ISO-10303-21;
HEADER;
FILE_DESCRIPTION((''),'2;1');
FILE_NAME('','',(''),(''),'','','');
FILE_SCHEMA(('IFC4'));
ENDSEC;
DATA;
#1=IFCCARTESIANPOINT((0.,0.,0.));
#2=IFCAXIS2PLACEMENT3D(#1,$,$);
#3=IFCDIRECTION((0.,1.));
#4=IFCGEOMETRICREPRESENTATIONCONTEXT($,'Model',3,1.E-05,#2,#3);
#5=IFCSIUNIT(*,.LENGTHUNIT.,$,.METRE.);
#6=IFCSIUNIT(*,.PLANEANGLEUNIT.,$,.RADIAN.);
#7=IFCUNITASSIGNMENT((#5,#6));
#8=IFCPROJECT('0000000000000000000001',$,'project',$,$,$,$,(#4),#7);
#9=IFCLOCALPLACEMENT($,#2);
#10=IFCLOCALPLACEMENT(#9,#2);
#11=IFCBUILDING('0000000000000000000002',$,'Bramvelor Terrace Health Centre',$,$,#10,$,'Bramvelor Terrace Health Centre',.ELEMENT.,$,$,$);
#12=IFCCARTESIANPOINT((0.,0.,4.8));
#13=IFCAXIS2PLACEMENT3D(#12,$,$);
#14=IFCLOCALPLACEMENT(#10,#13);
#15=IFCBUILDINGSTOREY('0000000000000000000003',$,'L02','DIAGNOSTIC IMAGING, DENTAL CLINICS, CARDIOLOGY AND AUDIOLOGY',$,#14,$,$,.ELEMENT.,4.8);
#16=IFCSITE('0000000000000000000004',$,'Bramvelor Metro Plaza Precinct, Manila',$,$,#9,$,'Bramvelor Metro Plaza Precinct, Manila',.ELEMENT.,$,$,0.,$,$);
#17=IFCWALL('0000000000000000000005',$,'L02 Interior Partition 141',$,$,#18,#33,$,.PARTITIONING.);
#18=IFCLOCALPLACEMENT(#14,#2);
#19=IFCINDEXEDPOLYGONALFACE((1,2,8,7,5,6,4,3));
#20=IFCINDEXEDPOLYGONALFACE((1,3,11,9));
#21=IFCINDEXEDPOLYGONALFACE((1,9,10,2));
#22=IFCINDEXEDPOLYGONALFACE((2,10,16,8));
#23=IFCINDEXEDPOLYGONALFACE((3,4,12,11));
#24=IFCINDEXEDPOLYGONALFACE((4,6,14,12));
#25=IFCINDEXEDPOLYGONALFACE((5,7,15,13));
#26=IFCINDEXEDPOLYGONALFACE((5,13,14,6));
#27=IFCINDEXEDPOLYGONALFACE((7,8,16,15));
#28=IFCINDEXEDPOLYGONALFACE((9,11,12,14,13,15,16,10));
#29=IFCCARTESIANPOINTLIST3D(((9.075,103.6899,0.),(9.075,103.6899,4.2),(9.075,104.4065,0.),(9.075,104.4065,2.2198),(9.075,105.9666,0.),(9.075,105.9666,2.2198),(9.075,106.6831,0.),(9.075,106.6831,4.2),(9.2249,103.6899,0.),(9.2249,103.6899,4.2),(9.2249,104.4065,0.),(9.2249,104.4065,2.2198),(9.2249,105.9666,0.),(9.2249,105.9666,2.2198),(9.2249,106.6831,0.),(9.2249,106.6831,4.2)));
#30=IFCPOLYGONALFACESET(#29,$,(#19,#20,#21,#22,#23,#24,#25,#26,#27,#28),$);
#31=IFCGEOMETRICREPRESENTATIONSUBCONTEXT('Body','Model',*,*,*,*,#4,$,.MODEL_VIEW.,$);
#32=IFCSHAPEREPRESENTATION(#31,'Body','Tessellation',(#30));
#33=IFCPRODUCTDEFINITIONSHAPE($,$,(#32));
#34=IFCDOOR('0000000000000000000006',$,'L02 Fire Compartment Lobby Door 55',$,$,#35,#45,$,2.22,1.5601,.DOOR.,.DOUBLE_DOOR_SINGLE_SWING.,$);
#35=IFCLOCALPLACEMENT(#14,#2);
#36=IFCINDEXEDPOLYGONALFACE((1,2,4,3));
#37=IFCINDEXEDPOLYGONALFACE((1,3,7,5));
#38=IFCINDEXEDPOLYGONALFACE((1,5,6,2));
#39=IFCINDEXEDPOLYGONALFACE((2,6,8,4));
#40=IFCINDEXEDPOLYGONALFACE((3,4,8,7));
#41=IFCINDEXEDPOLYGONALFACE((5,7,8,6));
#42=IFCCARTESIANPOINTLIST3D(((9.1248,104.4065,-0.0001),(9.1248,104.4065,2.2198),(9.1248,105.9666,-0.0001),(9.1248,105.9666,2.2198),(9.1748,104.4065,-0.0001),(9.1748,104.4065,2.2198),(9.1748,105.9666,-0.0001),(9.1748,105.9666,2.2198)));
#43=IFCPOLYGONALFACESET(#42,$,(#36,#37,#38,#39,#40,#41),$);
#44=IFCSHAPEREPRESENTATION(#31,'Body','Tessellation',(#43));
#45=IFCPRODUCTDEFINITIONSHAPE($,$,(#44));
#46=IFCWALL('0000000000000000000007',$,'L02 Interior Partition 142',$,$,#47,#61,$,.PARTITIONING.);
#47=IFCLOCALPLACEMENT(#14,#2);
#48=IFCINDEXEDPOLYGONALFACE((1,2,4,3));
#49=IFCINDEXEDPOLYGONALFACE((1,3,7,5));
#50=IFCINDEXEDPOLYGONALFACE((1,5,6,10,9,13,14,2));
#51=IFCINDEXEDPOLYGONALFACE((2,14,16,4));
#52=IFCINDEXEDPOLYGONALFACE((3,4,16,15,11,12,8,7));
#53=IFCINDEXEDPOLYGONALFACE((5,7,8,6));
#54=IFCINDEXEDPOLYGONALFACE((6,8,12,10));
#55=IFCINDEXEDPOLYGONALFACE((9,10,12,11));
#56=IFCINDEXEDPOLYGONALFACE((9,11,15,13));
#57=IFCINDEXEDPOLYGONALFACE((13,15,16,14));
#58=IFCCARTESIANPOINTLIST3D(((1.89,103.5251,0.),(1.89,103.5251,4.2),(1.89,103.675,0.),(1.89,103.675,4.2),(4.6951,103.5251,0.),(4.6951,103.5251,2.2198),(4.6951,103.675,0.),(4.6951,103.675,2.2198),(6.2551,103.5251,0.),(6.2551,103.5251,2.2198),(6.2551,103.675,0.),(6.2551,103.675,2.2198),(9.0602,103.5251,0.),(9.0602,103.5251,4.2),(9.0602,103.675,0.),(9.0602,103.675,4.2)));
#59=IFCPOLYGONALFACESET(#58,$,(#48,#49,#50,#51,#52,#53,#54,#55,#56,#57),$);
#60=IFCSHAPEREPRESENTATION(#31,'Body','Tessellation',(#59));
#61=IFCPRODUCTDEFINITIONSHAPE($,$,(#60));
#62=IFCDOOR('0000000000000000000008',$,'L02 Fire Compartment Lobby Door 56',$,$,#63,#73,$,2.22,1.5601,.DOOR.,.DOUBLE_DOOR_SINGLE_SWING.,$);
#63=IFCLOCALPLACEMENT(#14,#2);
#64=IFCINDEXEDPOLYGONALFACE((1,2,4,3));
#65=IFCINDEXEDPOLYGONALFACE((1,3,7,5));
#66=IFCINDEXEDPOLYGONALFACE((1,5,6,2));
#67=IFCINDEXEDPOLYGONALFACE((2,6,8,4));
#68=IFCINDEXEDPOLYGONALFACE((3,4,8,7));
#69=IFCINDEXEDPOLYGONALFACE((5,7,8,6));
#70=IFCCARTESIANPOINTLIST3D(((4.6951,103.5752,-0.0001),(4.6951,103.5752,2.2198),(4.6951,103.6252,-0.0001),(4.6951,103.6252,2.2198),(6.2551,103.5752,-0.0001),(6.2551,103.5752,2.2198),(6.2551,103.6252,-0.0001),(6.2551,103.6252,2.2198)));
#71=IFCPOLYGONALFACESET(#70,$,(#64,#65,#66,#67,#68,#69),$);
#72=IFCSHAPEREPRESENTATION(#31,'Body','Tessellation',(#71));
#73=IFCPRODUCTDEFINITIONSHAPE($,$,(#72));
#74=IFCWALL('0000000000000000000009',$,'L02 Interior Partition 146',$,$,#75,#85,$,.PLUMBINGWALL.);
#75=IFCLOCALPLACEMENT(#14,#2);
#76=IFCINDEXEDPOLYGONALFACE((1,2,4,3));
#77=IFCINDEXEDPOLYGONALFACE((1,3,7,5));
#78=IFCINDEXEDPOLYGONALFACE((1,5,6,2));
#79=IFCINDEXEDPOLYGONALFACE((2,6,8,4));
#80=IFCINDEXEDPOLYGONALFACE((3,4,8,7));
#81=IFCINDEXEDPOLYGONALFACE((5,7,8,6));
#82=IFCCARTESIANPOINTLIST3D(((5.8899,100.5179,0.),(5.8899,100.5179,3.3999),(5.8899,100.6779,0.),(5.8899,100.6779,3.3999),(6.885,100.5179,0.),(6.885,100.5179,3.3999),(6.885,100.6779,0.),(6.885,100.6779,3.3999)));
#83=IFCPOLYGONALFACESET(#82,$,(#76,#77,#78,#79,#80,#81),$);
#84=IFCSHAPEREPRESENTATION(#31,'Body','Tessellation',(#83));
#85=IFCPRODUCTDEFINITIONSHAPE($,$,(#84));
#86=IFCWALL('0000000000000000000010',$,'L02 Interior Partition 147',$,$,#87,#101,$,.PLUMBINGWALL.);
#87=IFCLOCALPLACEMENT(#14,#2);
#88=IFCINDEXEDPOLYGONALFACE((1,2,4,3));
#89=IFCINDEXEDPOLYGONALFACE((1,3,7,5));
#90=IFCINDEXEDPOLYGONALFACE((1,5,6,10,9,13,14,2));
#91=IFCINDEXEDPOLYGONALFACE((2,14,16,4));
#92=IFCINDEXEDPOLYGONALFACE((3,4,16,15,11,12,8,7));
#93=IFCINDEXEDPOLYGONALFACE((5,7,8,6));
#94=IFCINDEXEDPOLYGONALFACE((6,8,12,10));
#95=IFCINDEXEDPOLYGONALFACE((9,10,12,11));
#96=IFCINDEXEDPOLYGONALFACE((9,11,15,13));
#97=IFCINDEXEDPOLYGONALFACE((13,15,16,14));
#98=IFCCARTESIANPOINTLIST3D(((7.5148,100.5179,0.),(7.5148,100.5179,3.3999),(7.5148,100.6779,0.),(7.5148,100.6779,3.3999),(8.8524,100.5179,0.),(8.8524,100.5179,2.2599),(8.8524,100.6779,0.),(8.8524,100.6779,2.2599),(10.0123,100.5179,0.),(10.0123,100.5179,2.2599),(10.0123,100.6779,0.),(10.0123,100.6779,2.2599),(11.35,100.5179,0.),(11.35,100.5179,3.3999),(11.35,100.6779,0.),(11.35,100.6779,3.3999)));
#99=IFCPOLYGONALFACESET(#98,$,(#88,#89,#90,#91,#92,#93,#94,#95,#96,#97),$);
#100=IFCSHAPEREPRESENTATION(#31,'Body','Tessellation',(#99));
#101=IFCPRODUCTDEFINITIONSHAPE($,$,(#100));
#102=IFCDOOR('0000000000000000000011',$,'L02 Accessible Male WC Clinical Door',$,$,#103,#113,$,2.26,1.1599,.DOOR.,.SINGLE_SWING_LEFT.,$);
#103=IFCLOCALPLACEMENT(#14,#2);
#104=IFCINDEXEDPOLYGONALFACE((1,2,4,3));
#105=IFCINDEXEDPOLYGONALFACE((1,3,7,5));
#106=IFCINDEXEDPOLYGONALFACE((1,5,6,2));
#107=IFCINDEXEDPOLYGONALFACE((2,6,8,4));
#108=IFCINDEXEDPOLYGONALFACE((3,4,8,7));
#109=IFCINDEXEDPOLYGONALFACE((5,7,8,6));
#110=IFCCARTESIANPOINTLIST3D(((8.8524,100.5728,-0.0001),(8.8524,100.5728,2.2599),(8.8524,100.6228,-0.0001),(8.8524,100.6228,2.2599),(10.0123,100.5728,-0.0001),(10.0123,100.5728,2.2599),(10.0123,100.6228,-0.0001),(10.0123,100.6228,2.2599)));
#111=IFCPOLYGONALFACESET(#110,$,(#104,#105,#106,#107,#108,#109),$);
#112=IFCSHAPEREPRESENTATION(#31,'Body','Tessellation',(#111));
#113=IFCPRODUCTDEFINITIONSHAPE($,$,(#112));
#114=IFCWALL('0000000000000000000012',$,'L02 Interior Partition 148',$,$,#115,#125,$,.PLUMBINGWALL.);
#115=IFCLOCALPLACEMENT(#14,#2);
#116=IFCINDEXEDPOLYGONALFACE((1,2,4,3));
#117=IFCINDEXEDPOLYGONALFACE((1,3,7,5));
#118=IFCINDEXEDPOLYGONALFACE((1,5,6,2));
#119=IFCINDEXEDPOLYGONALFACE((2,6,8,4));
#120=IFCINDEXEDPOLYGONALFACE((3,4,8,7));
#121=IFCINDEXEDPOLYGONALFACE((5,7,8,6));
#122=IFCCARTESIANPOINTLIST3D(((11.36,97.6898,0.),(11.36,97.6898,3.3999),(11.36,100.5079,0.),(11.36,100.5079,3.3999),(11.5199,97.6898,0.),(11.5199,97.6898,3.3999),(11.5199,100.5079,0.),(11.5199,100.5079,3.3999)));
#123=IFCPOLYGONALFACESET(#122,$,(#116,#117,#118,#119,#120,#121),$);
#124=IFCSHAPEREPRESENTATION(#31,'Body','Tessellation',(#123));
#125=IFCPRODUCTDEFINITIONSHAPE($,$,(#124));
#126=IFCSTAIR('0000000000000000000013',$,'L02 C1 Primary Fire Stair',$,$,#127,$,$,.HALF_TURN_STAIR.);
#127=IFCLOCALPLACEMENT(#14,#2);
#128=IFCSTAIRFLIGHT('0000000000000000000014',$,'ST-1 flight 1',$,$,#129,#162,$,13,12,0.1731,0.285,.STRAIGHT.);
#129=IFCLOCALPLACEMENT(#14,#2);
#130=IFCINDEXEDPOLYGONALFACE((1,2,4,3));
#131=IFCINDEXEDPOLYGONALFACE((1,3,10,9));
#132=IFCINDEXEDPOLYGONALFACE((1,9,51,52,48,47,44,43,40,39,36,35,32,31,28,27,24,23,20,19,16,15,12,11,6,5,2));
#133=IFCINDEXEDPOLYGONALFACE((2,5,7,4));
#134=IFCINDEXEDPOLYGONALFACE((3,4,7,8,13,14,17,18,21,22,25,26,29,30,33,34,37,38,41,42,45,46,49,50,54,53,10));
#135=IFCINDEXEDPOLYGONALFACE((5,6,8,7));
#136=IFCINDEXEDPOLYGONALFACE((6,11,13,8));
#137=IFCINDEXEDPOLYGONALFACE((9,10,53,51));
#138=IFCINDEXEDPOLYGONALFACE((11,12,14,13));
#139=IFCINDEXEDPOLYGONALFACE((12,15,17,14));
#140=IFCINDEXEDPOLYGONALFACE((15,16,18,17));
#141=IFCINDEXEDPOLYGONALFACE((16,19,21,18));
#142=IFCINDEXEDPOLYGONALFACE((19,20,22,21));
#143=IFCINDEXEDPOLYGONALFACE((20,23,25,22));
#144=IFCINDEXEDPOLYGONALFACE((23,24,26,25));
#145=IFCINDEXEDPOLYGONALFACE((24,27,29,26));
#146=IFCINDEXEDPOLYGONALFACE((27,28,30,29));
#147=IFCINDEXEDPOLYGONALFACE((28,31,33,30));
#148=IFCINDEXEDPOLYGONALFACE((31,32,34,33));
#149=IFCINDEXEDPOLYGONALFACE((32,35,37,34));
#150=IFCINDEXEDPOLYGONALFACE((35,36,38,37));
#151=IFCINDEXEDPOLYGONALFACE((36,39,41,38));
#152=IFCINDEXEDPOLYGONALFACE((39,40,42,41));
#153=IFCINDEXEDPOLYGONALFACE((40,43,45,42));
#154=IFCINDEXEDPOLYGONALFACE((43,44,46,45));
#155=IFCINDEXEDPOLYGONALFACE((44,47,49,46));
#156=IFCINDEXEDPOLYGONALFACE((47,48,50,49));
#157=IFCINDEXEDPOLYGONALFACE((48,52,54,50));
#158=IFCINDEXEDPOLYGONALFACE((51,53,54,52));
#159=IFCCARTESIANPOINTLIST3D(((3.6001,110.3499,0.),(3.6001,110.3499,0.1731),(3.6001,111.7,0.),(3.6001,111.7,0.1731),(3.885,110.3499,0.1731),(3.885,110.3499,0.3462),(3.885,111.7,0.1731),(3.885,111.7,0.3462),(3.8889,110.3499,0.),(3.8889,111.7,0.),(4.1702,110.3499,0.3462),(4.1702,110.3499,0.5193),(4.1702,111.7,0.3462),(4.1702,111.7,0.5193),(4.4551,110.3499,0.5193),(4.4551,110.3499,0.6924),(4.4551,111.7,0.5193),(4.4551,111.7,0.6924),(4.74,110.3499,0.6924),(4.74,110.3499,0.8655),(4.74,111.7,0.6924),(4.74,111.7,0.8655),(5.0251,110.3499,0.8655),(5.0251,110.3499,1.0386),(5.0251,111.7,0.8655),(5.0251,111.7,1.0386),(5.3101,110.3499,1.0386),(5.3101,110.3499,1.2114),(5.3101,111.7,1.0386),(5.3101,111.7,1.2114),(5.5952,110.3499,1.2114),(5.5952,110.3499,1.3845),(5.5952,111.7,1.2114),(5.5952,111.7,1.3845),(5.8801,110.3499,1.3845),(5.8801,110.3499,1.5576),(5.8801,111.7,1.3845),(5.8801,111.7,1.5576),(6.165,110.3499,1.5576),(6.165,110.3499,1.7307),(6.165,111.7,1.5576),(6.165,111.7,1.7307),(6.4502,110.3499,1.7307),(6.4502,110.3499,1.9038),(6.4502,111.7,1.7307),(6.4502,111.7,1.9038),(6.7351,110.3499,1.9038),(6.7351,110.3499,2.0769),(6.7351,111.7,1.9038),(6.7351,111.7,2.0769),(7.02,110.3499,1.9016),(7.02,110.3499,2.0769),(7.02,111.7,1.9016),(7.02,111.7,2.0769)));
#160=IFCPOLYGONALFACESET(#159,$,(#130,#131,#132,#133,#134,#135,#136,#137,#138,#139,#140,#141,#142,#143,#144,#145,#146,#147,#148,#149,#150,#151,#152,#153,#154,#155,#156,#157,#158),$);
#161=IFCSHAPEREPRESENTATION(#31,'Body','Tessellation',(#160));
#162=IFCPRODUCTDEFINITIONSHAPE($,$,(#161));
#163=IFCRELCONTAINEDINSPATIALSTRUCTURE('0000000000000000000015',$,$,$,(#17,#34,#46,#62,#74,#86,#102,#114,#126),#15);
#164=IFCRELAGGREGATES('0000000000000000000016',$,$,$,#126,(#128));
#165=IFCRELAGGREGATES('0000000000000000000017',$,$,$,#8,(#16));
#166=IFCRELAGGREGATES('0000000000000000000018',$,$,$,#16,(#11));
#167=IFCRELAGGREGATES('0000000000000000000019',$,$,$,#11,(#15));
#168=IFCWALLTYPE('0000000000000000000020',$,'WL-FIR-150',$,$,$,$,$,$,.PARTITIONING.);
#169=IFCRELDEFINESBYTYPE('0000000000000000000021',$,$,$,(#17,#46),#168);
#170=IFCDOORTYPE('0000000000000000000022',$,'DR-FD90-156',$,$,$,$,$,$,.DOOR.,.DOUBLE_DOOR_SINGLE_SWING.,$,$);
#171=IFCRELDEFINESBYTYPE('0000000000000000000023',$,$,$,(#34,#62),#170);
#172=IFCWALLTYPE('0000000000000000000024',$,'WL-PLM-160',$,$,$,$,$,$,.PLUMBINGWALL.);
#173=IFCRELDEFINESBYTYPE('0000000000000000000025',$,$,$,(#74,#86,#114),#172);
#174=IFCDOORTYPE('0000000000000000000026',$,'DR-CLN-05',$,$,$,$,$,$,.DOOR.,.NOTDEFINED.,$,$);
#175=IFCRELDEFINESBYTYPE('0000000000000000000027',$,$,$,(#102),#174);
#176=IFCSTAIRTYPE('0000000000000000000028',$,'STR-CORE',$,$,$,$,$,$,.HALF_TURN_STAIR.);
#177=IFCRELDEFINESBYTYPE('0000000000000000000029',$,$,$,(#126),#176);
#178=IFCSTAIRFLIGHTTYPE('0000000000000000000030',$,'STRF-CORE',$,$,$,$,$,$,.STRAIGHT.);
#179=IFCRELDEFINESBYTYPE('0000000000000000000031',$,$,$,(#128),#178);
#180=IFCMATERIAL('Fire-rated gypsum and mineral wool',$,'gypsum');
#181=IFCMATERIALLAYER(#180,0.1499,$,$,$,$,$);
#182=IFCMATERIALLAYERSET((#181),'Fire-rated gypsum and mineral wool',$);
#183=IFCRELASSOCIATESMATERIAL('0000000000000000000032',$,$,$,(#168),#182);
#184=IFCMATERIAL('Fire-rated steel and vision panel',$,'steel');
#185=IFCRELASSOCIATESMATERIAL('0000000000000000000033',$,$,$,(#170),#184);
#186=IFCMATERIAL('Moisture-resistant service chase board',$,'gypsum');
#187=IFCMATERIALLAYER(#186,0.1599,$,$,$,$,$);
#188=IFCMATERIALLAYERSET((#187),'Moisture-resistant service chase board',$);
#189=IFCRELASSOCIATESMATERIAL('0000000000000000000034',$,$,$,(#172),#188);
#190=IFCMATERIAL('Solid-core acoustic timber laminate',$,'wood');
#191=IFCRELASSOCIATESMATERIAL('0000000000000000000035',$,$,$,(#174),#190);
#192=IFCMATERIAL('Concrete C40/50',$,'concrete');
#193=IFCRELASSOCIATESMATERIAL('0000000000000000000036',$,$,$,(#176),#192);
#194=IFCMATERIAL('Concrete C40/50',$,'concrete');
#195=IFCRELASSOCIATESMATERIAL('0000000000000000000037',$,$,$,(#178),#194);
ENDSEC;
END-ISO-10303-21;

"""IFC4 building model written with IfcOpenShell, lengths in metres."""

from ifc_helpers import new_model, si_unit, direction, frame, frame_2d, origin, place, context, subcontext, project, spatial, polyline, rectangle, outline, extrude, material, layer, layer_set, type_object, element, fill, aggregate, save


model = new_model("IFC4")

# Units and contexts
model_context = context("Model", 3, precision=1e-05, world=origin(), true_north=direction((0.0, 1.0)))
body_context = subcontext(model_context, "Body", "Model", "MODEL_VIEW")
ifc_project = project(units=[si_unit("LENGTHUNIT", "METRE"), si_unit("PLANEANGLEUNIT", "RADIAN")], contexts=[model_context])

# Site, building, storey
site_placement = place(None, origin())
site = spatial("IfcSite", under=ifc_project, at=site_placement, Name="Bramvelor Metro Plaza Precinct, Manila", LongName="Bramvelor Metro Plaza Precinct, Manila", CompositionType="ELEMENT", RefElevation=0.0)
building_placement = place(site_placement, origin())
building = spatial("IfcBuilding", under=site, at=building_placement, Name="Bramvelor Terrace Health Centre", LongName="Bramvelor Terrace Health Centre", CompositionType="ELEMENT")
storey_placement = place(building_placement, frame((0.0, 0.0, 4.8)))
storey = spatial("IfcBuildingStorey", under=building, at=storey_placement, Name="L02", Description="DIAGNOSTIC IMAGING, DENTAL CLINICS, CARDIOLOGY AND AUDIOLOGY", CompositionType="ELEMENT", Elevation=4.8)

# Shared definitions
ifc_material_1 = material(Name="Fire-rated gypsum and mineral wool", Category="gypsum")
ifc_layer_1 = layer(ifc_material_1, 0.1499)
ifc_layer_set_1 = layer_set([ifc_layer_1], Name="Fire-rated gypsum and mineral wool")
wall_type_1 = type_object("IfcWallType", Name="WL-FIR-150", PredefinedType="PARTITIONING", material=ifc_layer_set_1)

# Walls, openings, doors
wall_1_placement = place(storey_placement, frame((9.1499, 106.6831, 0.0), z_axis=(0.0, 0.0, 1.0), x_axis=(0.0, -1.0, 0.0)))
wall_1 = element("IfcWall", 1, at=wall_1_placement, inside=storey, type_object=wall_type_1, Name="L02 Interior Partition 141", PredefinedType="PARTITIONING", context=body_context, shape_type="SweptSolid", body=[
    extrude(rectangle(XDim=2.9932, YDim=0.1499, at=frame_2d((1.4966, 0.0))), origin(), (0.0, 0.0, 1.0), 4.2),
])
opening_1_placement = place(wall_1_placement, frame((0.7166, 0.0, 0.0)))
opening_1 = element("IfcOpeningElement", 2, at=opening_1_placement, cuts=wall_1, PredefinedType="OPENING", context=body_context, shape_type="SweptSolid", body=[
    extrude(rectangle(XDim=1.5601, YDim=2.22, at=frame_2d((0.78, 1.1099))), frame((0.0, 0.085, 0.0), z_axis=(0.0, -1.0, 0.0), x_axis=(1.0, 0.0, 0.0)), (0.0, 0.0, 1.0), 0.1699),
])
ifc_material_2 = material(Name="Fire-rated steel and vision panel", Category="steel")
door_type_1 = type_object("IfcDoorType", Name="DR-FD90-156", OperationType="DOUBLE_DOOR_SINGLE_SWING", PredefinedType="DOOR", material=ifc_material_2)
door_1_placement = place(opening_1_placement, origin())
door_1 = element("IfcDoor", 3, at=door_1_placement, inside=storey, type_object=door_type_1, Name="L02 Fire Compartment Lobby Door 55", OperationType="DOUBLE_DOOR_SINGLE_SWING", OverallHeight=2.22, OverallWidth=1.5601, PredefinedType="DOOR", context=body_context, shape_type="SweptSolid", body=[
    extrude(rectangle(XDim=1.5601, YDim=2.22, at=frame_2d((0.78, 1.1099))), frame((0.0, 0.0249, 0.0), z_axis=(0.0, -1.0, 0.0), x_axis=(1.0, 0.0, 0.0)), (0.0, 0.0, 1.0), 0.05),
])
fill(opening_1, door_1)
wall_2_placement = place(storey_placement, frame((9.0601, 103.6001, 0.0), z_axis=(0.0, 0.0, 1.0), x_axis=(-1.0, 0.0, 0.0)))
wall_2 = element("IfcWall", 4, at=wall_2_placement, inside=storey, type_object=wall_type_1, Name="L02 Interior Partition 142", PredefinedType="PARTITIONING", context=body_context, shape_type="SweptSolid", body=[
    extrude(rectangle(XDim=7.1702, YDim=0.1499, at=frame_2d((3.585, 0.0))), origin(), (0.0, 0.0, 1.0), 4.2),
])
opening_2_placement = place(wall_2_placement, frame((2.8049, 0.0, 0.0)))
opening_2 = element("IfcOpeningElement", 5, at=opening_2_placement, cuts=wall_2, PredefinedType="OPENING", context=body_context, shape_type="SweptSolid", body=[
    extrude(rectangle(XDim=1.5601, YDim=2.22, at=frame_2d((0.78, 1.1099))), frame((0.0, 0.085, 0.0), z_axis=(0.0, -1.0, 0.0), x_axis=(1.0, 0.0, 0.0)), (0.0, 0.0, 1.0), 0.1699),
])
door_2_placement = place(opening_2_placement, origin())
door_2 = element("IfcDoor", 6, at=door_2_placement, inside=storey, type_object=door_type_1, Name="L02 Fire Compartment Lobby Door 56", OperationType="DOUBLE_DOOR_SINGLE_SWING", OverallHeight=2.22, OverallWidth=1.5601, PredefinedType="DOOR", context=body_context, shape_type="SweptSolid", body=[
    extrude(rectangle(XDim=1.5601, YDim=2.22, at=frame_2d((0.78, 1.1099))), frame((0.0, 0.0249, 0.0), z_axis=(0.0, -1.0, 0.0), x_axis=(1.0, 0.0, 0.0)), (0.0, 0.0, 1.0), 0.05),
])
fill(opening_2, door_2)

# Wall
ifc_material_3 = material(Name="Moisture-resistant service chase board", Category="gypsum")
ifc_layer_2 = layer(ifc_material_3, 0.1599)
ifc_layer_set_2 = layer_set([ifc_layer_2], Name="Moisture-resistant service chase board")
wall_type_2 = type_object("IfcWallType", Name="WL-PLM-160", PredefinedType="PLUMBINGWALL", material=ifc_layer_set_2)
wall_3_placement = place(storey_placement, frame((5.8899, 100.5979, 0.0), z_axis=(0.0, 0.0, 1.0), x_axis=(1.0, 0.0, 0.0)))
element("IfcWall", 7, at=wall_3_placement, inside=storey, type_object=wall_type_2, Name="L02 Interior Partition 146", PredefinedType="PLUMBINGWALL", context=body_context, shape_type="SweptSolid", body=[
    extrude(rectangle(XDim=0.9951, YDim=0.1599, at=frame_2d((0.4976, 0.0))), origin(), (0.0, 0.0, 1.0), 3.3999),
])

# Wall, opening, door
wall_4_placement = place(storey_placement, frame((7.5149, 100.5979, 0.0), z_axis=(0.0, 0.0, 1.0), x_axis=(1.0, 0.0, 0.0)))
wall_4 = element("IfcWall", 8, at=wall_4_placement, inside=storey, type_object=wall_type_2, Name="L02 Interior Partition 147", PredefinedType="PLUMBINGWALL", context=body_context, shape_type="SweptSolid", body=[
    extrude(rectangle(XDim=3.8352, YDim=0.1599, at=frame_2d((1.9175, 0.0))), origin(), (0.0, 0.0, 1.0), 3.3999),
])
opening_3_placement = place(wall_4_placement, frame((1.3374, 0.0, 0.0)))
opening_3 = element("IfcOpeningElement", 9, at=opening_3_placement, cuts=wall_4, PredefinedType="OPENING", context=body_context, shape_type="SweptSolid", body=[
    extrude(rectangle(XDim=1.1599, YDim=2.26, at=frame_2d((0.5801, 1.1299))), frame((0.0, 0.0898, 0.0), z_axis=(0.0, -1.0, 0.0), x_axis=(1.0, 0.0, 0.0)), (0.0, 0.0, 1.0), 0.1799),
])
ifc_material_4 = material(Name="Solid-core acoustic timber laminate", Category="wood")
door_type_2 = type_object("IfcDoorType", Name="DR-CLN-05", OperationType="NOTDEFINED", PredefinedType="DOOR", material=ifc_material_4)
door_3_placement = place(opening_3_placement, origin())
door_3 = element("IfcDoor", 10, at=door_3_placement, inside=storey, type_object=door_type_2, Name="L02 Accessible Male WC Clinical Door", OperationType="SINGLE_SWING_LEFT", OverallHeight=2.26, OverallWidth=1.1599, PredefinedType="DOOR", context=body_context, shape_type="SweptSolid", body=[
    extrude(rectangle(XDim=1.1599, YDim=2.26, at=frame_2d((0.5801, 1.1299))), frame((0.0, 0.0249, 0.0), z_axis=(0.0, -1.0, 0.0), x_axis=(1.0, 0.0, 0.0)), (0.0, 0.0, 1.0), 0.05),
])
fill(opening_3, door_3)

# Wall
wall_5_placement = place(storey_placement, frame((11.4399, 100.5081, 0.0), z_axis=(0.0, 0.0, 1.0), x_axis=(0.0, -1.0, 0.0)))
element("IfcWall", 11, at=wall_5_placement, inside=storey, type_object=wall_type_2, Name="L02 Interior Partition 148", PredefinedType="PLUMBINGWALL", context=body_context, shape_type="SweptSolid", body=[
    extrude(rectangle(XDim=2.8181, YDim=0.1599, at=frame_2d((1.4092, 0.0))), origin(), (0.0, 0.0, 1.0), 3.3999),
])

# Stair, stair flight
ifc_material_5 = material(Name="Concrete C40/50", Category="concrete")
stair_type = type_object("IfcStairType", Name="STR-CORE", PredefinedType="HALF_TURN_STAIR", material=ifc_material_5)
stair_placement = place(storey_placement, origin())
stair = element("IfcStair", 12, at=stair_placement, inside=storey, type_object=stair_type, Name="L02 C1 Primary Fire Stair", PredefinedType="HALF_TURN_STAIR")
ifc_material_6 = material(Name="Concrete C40/50", Category="concrete")
stair_flight_type = type_object("IfcStairFlightType", Name="STRF-CORE", PredefinedType="STRAIGHT", material=ifc_material_6)
stair_flight_placement = place(storey_placement, frame((3.6001, 111.0249, 0.0), z_axis=(0.0, 0.0, 1.0), x_axis=(1.0, 0.0, 0.0)))
stair_flight = element("IfcStairFlight", 13, at=stair_flight_placement, type_object=stair_flight_type, Name="ST-1 flight 1", NumberOfRisers=13, NumberOfTreads=12, PredefinedType="STRAIGHT", RiserHeight=0.1731, TreadLength=0.285, context=body_context, shape_type="SweptSolid", body=[
    extrude(outline(polyline([(0.0, 0.0), (0.0, 0.1731), (0.2849, 0.1731), (0.2849, 0.3462), (0.5701, 0.3462), (0.5701, 0.5193), (0.855, 0.5193), (0.855, 0.6924), (1.1399, 0.6924), (1.1399, 0.8655), (1.425, 0.8655), (1.425, 1.0386), (1.71, 1.0386), (1.71, 1.2114), (1.9951, 1.2114), (1.9951, 1.3845), (2.28, 1.3845), (2.28, 1.5576), (2.5649, 1.5576), (2.5649, 1.7307), (2.8501, 1.7307), (2.8501, 1.9038), (3.135, 1.9038), (3.135, 2.0769), (3.4199, 2.0769), (3.4199, 2.25), (3.4199, 1.9016), (0.2888, 0.0), (0.0, 0.0)])), frame((0.0, 0.675, 0.0), z_axis=(0.0, -1.0, 0.0), x_axis=(1.0, 0.0, 0.0)), (0.0, 0.0, 1.0), 1.3501),
])
aggregate(stair, [stair_flight])

save(model, "model.ifc")
